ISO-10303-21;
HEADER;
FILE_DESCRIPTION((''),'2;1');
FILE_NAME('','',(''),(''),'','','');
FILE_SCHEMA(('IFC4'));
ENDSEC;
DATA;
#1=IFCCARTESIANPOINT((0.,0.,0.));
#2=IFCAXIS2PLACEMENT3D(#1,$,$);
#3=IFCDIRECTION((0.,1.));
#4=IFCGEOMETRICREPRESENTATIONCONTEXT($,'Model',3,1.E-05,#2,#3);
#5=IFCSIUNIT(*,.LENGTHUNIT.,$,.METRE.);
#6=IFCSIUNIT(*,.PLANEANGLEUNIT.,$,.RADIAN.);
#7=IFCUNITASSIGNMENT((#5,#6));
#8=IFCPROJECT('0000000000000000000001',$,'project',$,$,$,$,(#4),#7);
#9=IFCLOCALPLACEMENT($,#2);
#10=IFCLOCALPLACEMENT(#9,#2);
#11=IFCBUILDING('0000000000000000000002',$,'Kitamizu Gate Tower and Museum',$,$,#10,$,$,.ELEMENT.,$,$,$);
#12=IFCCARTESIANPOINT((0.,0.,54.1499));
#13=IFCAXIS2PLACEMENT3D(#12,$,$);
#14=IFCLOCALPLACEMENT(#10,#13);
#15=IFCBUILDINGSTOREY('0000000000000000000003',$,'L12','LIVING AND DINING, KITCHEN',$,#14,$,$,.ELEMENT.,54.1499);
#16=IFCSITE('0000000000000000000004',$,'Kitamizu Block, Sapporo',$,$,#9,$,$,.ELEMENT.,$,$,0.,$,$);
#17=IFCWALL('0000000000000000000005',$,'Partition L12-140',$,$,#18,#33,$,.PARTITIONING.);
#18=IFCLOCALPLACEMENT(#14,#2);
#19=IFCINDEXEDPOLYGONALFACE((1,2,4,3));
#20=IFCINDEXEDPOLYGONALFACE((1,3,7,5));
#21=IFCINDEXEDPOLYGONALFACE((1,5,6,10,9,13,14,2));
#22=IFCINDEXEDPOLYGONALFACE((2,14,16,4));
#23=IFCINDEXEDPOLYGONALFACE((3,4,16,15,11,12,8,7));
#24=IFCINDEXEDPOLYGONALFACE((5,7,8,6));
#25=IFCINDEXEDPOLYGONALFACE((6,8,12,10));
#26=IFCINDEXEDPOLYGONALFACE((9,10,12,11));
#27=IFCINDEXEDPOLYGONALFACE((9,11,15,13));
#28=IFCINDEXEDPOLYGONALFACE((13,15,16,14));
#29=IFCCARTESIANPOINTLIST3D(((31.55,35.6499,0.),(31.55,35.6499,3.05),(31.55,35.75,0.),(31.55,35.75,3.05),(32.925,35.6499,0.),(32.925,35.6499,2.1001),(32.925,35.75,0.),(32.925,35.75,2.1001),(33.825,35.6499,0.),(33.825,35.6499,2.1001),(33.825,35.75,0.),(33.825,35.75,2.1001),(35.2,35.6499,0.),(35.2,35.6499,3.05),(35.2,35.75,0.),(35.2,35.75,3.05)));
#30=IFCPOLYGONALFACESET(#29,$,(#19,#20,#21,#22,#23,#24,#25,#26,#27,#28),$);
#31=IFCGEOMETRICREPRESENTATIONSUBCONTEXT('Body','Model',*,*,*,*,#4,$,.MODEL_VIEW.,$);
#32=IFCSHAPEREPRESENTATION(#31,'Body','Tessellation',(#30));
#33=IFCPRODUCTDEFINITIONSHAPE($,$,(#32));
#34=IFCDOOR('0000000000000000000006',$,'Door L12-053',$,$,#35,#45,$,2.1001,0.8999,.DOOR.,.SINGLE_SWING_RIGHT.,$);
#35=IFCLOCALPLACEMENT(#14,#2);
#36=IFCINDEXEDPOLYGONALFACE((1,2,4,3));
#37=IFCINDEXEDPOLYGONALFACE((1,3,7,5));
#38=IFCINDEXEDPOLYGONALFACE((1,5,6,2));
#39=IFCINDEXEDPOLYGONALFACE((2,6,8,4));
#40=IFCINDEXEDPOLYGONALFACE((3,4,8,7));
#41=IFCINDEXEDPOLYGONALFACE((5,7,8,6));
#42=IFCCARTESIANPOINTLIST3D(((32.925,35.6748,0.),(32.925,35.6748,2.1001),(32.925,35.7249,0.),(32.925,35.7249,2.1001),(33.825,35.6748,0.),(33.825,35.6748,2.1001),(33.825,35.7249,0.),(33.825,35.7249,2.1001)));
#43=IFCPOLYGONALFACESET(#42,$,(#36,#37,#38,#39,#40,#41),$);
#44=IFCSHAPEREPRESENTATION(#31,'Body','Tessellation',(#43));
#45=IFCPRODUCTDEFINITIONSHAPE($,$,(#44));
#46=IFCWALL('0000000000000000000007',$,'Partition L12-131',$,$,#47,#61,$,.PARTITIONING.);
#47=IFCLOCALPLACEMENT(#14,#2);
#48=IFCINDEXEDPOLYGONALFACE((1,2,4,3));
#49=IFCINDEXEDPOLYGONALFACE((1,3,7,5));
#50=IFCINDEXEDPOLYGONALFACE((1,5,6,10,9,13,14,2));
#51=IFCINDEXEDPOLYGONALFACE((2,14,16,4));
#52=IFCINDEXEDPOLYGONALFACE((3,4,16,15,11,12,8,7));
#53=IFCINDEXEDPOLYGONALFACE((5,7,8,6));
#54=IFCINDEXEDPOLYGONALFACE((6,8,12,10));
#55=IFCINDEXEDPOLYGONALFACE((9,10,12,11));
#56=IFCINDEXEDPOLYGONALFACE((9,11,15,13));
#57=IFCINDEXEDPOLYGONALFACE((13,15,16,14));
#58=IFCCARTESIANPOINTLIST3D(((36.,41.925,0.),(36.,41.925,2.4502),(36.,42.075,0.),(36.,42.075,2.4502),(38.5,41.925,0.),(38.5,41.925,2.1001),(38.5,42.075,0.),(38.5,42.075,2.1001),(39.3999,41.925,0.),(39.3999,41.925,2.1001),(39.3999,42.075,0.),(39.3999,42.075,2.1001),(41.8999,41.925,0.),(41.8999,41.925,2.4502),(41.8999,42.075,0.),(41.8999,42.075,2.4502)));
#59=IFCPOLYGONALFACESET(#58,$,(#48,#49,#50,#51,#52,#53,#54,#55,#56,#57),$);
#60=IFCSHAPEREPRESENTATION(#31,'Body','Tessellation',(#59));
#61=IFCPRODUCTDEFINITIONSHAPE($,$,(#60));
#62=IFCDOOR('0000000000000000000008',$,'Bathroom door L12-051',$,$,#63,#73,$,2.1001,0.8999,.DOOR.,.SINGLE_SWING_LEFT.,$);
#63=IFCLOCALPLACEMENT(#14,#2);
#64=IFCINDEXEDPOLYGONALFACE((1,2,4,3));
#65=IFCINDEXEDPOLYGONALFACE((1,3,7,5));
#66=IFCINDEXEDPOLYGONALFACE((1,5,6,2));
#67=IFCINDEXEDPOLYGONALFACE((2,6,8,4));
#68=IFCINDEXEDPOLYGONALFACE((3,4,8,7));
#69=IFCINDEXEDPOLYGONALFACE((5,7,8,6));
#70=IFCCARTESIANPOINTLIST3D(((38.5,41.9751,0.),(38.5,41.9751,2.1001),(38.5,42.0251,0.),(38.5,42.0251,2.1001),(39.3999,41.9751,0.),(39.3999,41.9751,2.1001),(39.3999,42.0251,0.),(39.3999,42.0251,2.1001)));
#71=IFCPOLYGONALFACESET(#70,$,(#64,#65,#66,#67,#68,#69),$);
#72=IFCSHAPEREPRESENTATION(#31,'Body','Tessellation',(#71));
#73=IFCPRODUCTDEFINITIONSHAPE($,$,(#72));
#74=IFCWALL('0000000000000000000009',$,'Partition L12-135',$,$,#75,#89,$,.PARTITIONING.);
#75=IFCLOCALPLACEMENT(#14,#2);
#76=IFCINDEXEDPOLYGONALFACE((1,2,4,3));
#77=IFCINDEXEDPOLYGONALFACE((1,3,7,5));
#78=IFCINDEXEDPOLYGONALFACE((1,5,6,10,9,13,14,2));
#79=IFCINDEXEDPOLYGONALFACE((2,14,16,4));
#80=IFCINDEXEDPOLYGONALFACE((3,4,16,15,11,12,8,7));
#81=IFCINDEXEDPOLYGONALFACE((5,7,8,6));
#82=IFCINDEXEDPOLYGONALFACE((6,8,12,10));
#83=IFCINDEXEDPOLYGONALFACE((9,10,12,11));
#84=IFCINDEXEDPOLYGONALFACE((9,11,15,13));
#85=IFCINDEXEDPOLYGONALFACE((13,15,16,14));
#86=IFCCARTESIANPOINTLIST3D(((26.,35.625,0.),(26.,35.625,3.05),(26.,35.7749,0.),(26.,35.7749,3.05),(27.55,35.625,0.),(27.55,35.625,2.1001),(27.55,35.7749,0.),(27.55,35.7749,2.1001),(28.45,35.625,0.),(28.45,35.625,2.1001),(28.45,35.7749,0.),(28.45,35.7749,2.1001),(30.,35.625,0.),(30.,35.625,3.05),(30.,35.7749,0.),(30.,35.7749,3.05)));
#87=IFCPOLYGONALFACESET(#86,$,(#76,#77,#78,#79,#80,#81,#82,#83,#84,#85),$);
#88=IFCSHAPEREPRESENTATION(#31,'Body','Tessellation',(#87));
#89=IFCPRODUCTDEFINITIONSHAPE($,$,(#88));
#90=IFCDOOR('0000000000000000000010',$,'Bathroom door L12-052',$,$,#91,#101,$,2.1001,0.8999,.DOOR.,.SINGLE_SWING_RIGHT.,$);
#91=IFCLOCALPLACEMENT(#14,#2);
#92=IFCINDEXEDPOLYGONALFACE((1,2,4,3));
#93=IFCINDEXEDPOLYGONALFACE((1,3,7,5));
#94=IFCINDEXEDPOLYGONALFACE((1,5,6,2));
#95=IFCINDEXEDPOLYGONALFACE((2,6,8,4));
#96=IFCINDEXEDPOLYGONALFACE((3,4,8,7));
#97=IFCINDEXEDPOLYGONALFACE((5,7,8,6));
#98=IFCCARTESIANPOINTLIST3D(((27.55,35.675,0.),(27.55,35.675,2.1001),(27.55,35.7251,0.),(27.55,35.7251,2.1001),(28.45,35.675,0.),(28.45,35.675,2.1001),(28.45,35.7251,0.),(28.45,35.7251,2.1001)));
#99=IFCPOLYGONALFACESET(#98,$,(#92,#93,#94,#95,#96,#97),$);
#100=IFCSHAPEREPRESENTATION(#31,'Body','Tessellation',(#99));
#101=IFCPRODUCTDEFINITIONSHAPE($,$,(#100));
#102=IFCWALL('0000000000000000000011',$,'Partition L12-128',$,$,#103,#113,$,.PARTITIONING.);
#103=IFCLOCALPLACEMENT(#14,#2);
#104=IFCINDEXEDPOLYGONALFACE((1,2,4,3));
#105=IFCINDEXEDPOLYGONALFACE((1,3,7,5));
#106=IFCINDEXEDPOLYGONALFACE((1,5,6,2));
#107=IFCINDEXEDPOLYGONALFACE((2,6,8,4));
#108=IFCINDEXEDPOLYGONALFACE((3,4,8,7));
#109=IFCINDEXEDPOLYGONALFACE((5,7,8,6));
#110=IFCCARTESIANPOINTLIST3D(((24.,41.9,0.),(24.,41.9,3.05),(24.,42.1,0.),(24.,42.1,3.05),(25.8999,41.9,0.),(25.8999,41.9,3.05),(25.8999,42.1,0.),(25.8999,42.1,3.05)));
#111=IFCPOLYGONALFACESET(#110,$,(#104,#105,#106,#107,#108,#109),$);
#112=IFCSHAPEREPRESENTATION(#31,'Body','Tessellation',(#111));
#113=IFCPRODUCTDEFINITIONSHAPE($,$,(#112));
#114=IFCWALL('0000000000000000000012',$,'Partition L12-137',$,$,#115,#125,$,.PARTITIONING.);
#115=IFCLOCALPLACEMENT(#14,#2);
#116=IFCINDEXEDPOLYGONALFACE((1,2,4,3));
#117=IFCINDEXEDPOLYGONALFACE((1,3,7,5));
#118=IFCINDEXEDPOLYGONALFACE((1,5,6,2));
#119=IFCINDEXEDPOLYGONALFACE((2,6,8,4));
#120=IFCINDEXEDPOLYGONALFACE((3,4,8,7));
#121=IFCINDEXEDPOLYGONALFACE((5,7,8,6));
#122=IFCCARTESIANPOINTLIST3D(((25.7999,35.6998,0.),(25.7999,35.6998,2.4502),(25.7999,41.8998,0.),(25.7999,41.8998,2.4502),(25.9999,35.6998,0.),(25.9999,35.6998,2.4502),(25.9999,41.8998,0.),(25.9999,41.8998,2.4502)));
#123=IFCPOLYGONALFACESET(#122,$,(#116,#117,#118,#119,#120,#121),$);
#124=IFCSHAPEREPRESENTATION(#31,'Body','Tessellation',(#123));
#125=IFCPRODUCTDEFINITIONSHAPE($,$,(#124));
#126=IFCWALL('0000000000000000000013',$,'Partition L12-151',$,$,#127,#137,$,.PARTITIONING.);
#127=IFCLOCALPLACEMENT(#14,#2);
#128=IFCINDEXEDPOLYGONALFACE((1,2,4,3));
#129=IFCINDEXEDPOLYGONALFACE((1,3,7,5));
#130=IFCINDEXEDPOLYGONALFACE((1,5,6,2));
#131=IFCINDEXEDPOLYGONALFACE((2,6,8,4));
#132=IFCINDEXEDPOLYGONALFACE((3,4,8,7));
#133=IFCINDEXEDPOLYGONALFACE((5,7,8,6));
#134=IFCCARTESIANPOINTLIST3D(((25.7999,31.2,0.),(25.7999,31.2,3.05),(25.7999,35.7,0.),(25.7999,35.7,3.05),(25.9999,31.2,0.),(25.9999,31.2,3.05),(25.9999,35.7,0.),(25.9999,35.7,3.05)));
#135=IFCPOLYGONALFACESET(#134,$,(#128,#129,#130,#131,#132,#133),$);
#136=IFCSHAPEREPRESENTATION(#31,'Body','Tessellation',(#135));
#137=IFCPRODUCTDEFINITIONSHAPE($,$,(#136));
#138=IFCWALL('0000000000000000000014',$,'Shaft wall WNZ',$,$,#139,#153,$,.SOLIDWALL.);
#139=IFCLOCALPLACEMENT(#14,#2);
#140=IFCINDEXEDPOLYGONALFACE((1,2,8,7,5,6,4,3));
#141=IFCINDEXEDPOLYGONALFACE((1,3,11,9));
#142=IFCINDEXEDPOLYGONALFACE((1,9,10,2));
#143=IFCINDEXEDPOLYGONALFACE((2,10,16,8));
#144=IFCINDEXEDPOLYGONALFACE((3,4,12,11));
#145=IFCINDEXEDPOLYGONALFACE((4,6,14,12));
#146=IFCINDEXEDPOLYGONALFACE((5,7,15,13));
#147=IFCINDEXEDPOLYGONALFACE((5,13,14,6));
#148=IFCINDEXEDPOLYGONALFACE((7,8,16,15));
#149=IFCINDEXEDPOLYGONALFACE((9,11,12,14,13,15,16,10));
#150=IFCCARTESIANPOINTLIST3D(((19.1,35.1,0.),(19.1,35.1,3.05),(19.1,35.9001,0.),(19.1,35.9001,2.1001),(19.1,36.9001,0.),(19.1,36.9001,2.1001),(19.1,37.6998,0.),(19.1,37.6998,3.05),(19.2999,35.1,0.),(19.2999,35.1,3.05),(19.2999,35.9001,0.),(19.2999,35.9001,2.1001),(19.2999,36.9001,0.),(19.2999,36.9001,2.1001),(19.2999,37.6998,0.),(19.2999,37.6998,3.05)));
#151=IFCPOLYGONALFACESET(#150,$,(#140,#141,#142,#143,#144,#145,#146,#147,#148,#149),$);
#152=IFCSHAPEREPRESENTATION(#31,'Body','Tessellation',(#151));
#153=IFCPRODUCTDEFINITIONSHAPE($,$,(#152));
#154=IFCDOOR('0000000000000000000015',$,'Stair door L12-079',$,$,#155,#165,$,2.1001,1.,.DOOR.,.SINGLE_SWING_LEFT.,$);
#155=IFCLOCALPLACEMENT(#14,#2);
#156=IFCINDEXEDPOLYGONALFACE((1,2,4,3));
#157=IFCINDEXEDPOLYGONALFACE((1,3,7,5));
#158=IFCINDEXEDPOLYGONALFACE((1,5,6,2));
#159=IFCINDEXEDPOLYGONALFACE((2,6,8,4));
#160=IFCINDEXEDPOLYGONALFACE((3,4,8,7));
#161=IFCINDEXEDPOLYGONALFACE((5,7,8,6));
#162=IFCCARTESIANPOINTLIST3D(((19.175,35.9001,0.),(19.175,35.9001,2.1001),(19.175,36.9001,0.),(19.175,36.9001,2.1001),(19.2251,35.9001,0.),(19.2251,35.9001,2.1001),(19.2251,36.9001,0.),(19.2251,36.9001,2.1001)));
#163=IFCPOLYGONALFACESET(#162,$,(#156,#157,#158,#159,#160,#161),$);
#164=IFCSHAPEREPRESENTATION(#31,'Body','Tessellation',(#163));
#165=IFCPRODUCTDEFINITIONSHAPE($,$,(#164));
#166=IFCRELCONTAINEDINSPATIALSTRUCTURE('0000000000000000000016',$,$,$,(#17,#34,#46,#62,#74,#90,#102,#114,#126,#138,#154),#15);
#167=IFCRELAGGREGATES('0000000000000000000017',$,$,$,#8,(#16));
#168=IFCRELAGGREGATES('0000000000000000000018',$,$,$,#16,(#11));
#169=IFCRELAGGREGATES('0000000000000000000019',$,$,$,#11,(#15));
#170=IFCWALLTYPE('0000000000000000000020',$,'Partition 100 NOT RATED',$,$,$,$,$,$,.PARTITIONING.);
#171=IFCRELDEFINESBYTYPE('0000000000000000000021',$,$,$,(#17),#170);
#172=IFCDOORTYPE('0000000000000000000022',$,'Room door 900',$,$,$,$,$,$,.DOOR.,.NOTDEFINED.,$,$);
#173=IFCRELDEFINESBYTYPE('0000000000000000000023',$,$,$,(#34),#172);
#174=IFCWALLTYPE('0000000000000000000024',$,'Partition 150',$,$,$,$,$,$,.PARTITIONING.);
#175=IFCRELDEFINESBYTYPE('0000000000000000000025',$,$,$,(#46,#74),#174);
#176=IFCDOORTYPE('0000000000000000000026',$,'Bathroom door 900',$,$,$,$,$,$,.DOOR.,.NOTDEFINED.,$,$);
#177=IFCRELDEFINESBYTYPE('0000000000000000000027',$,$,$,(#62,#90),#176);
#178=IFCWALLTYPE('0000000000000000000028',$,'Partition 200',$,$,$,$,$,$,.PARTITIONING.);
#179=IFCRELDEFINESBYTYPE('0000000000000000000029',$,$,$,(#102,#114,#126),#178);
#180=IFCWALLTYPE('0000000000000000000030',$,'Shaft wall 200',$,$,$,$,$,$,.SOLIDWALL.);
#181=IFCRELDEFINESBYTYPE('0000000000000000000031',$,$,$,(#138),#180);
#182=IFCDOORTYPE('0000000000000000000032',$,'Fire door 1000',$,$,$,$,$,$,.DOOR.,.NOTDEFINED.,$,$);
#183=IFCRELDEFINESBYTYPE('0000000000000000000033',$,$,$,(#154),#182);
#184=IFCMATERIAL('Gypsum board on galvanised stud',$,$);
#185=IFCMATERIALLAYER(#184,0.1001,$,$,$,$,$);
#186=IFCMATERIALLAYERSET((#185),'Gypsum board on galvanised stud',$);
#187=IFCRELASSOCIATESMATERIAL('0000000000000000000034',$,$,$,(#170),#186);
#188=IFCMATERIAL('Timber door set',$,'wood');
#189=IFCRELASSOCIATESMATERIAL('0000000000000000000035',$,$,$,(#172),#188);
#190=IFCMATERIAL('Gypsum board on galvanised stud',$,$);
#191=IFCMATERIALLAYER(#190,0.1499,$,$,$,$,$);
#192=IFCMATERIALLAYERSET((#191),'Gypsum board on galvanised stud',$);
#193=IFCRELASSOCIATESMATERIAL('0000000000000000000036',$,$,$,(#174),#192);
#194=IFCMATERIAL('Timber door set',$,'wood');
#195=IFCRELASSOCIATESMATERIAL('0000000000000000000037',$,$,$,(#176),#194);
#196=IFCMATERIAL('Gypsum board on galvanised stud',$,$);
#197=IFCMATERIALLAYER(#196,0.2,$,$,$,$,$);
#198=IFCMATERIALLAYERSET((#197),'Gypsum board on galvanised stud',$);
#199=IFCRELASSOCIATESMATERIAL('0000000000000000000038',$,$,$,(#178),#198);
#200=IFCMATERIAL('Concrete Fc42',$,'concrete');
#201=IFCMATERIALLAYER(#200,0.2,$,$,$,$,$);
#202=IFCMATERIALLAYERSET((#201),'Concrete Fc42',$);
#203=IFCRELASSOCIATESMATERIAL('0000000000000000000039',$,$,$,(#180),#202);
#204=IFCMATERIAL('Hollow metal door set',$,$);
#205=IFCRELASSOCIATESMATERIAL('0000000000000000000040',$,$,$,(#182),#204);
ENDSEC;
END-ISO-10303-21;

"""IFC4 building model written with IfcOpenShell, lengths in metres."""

from ifc_helpers import new_model, si_unit, direction, frame, frame_2d, origin, place, context, subcontext, project, spatial, rectangle, extrude, material, layer, layer_set, type_object, element, fill, save


model = new_model("IFC4")

# Units and contexts
model_context = context("Model", 3, precision=1e-05, world=origin(), true_north=direction((0.0, 1.0)))
body_context = subcontext(model_context, "Body", "Model", "MODEL_VIEW")
ifc_project = project(units=[si_unit("LENGTHUNIT", "METRE"), si_unit("PLANEANGLEUNIT", "RADIAN")], contexts=[model_context])

# Site, building, storey
site_placement = place(None, origin())
site = spatial("IfcSite", under=ifc_project, at=site_placement, Name="Kitamizu Block, Sapporo", CompositionType="ELEMENT", RefElevation=0.0)
building_placement = place(site_placement, origin())
building = spatial("IfcBuilding", under=site, at=building_placement, Name="Kitamizu Gate Tower and Museum", CompositionType="ELEMENT")
storey_placement = place(building_placement, frame((0.0, 0.0, 54.1499)))
storey = spatial("IfcBuildingStorey", under=building, at=storey_placement, Name="L12", Description="LIVING AND DINING, KITCHEN", CompositionType="ELEMENT", Elevation=54.1499)

# Shared definitions
ifc_material_1 = material(Name="Gypsum board on galvanised stud")
ifc_layer_1 = layer(ifc_material_1, 0.1001)
ifc_layer_set_1 = layer_set([ifc_layer_1], Name="Gypsum board on galvanised stud")
wall_type_1 = type_object("IfcWallType", Name="Partition 100 NOT RATED", PredefinedType="PARTITIONING", material=ifc_layer_set_1)
ifc_material_2 = material(Name="Timber door set", Category="wood")
door_type_1 = type_object("IfcDoorType", Name="Room door 900", OperationType="NOTDEFINED", PredefinedType="DOOR", material=ifc_material_2)

# Walls, openings, doors
wall_1_placement = place(storey_placement, frame((31.55, 35.7, 0.0), z_axis=(0.0, 0.0, 1.0), x_axis=(1.0, 0.0, 0.0)))
wall_1 = element("IfcWall", 1, at=wall_1_placement, inside=storey, type_object=wall_type_1, Name="Partition L12-140", PredefinedType="PARTITIONING", context=body_context, shape_type="SweptSolid", body=[
    extrude(rectangle(XDim=3.6499, YDim=0.1001, at=frame_2d((1.825, 0.0))), origin(), (0.0, 0.0, 1.0), 3.05),
])
opening_1_placement = place(wall_1_placement, frame((1.375, 0.0, 0.0)))
opening_1 = element("IfcOpeningElement", 2, at=opening_1_placement, cuts=wall_1, PredefinedType="OPENING", context=body_context, shape_type="SweptSolid", body=[
    extrude(rectangle(XDim=0.8999, YDim=2.1001, at=frame_2d((0.45, 1.05))), frame((0.0, 0.0601, 0.0), z_axis=(0.0, -1.0, 0.0), x_axis=(1.0, 0.0, 0.0)), (0.0, 0.0, 1.0), 0.1201),
])
door_1_placement = place(opening_1_placement, origin())
door_1 = element("IfcDoor", 3, at=door_1_placement, inside=storey, type_object=door_type_1, Name="Door L12-053", OperationType="SINGLE_SWING_RIGHT", OverallHeight=2.1001, OverallWidth=0.8999, PredefinedType="DOOR", context=body_context, shape_type="SweptSolid", body=[
    extrude(rectangle(XDim=0.8999, YDim=2.1001, at=frame_2d((0.45, 1.05))), frame((0.0, 0.0249, 0.0), z_axis=(0.0, -1.0, 0.0), x_axis=(1.0, 0.0, 0.0)), (0.0, 0.0, 1.0), 0.05),
])
fill(opening_1, door_1)
ifc_material_3 = material(Name="Gypsum board on galvanised stud")
ifc_layer_2 = layer(ifc_material_3, 0.1499)
ifc_layer_set_2 = layer_set([ifc_layer_2], Name="Gypsum board on galvanised stud")
wall_type_2 = type_object("IfcWallType", Name="Partition 150", PredefinedType="PARTITIONING", material=ifc_layer_set_2)
wall_2_placement = place(storey_placement, frame((36.0, 42.0, 0.0), z_axis=(0.0, 0.0, 1.0), x_axis=(1.0, 0.0, 0.0)))
wall_2 = element("IfcWall", 4, at=wall_2_placement, inside=storey, type_object=wall_type_2, Name="Partition L12-131", PredefinedType="PARTITIONING", context=body_context, shape_type="SweptSolid", body=[
    extrude(rectangle(XDim=5.8999, YDim=0.1499, at=frame_2d((2.95, 0.0))), origin(), (0.0, 0.0, 1.0), 2.4502),
])
opening_2_placement = place(wall_2_placement, frame((2.5, 0.0, 0.0)))
opening_2 = element("IfcOpeningElement", 5, at=opening_2_placement, cuts=wall_2, PredefinedType="OPENING", context=body_context, shape_type="SweptSolid", body=[
    extrude(rectangle(XDim=0.8999, YDim=2.1001, at=frame_2d((0.45, 1.05))), frame((0.0, 0.085, 0.0), z_axis=(0.0, -1.0, 0.0), x_axis=(1.0, 0.0, 0.0)), (0.0, 0.0, 1.0), 0.1699),
])
ifc_material_4 = material(Name="Timber door set", Category="wood")
door_type_2 = type_object("IfcDoorType", Name="Bathroom door 900", OperationType="NOTDEFINED", PredefinedType="DOOR", material=ifc_material_4)
door_2_placement = place(opening_2_placement, frame((0.8999, 0.0, 0.0), x_axis=(-1.0, 0.0, 0.0)))
door_2 = element("IfcDoor", 6, at=door_2_placement, inside=storey, type_object=door_type_2, Name="Bathroom door L12-051", OperationType="SINGLE_SWING_LEFT", OverallHeight=2.1001, OverallWidth=0.8999, PredefinedType="DOOR", context=body_context, shape_type="SweptSolid", body=[
    extrude(rectangle(XDim=0.8999, YDim=2.1001, at=frame_2d((0.45, 1.05))), frame((0.0, 0.0249, 0.0), z_axis=(0.0, -1.0, 0.0), x_axis=(1.0, 0.0, 0.0)), (0.0, 0.0, 1.0), 0.05),
])
fill(opening_2, door_2)
wall_3_placement = place(storey_placement, frame((26.0, 35.7, 0.0), z_axis=(0.0, 0.0, 1.0), x_axis=(1.0, 0.0, 0.0)))
wall_3 = element("IfcWall", 7, at=wall_3_placement, inside=storey, type_object=wall_type_2, Name="Partition L12-135", PredefinedType="PARTITIONING", context=body_context, shape_type="SweptSolid", body=[
    extrude(rectangle(XDim=4.0, YDim=0.1499, at=frame_2d((2.0, 0.0))), origin(), (0.0, 0.0, 1.0), 3.05),
])
opening_3_placement = place(wall_3_placement, frame((1.55, 0.0, 0.0)))
opening_3 = element("IfcOpeningElement", 8, at=opening_3_placement, cuts=wall_3, PredefinedType="OPENING", context=body_context, shape_type="SweptSolid", body=[
    extrude(rectangle(XDim=0.8999, YDim=2.1001, at=frame_2d((0.45, 1.05))), frame((0.0, 0.085, 0.0), z_axis=(0.0, -1.0, 0.0), x_axis=(1.0, 0.0, 0.0)), (0.0, 0.0, 1.0), 0.1699),
])
door_3_placement = place(opening_3_placement, frame((0.8999, 0.0, 0.0), x_axis=(-1.0, 0.0, 0.0)))
door_3 = element("IfcDoor", 9, at=door_3_placement, inside=storey, type_object=door_type_2, Name="Bathroom door L12-052", OperationType="SINGLE_SWING_RIGHT", OverallHeight=2.1001, OverallWidth=0.8999, PredefinedType="DOOR", context=body_context, shape_type="SweptSolid", body=[
    extrude(rectangle(XDim=0.8999, YDim=2.1001, at=frame_2d((0.45, 1.05))), frame((0.0, 0.0249, 0.0), z_axis=(0.0, -1.0, 0.0), x_axis=(1.0, 0.0, 0.0)), (0.0, 0.0, 1.0), 0.05),
])
fill(opening_3, door_3)

# Walls
ifc_material_5 = material(Name="Gypsum board on galvanised stud")
ifc_layer_3 = layer(ifc_material_5, 0.2)
ifc_layer_set_3 = layer_set([ifc_layer_3], Name="Gypsum board on galvanised stud")
wall_type_3 = type_object("IfcWallType", Name="Partition 200", PredefinedType="PARTITIONING", material=ifc_layer_set_3)
wall_4_placement = place(storey_placement, frame((24.0, 42.0, 0.0), z_axis=(0.0, 0.0, 1.0), x_axis=(1.0, 0.0, 0.0)))
element("IfcWall", 10, at=wall_4_placement, inside=storey, type_object=wall_type_3, Name="Partition L12-128", PredefinedType="PARTITIONING", context=body_context, shape_type="SweptSolid", body=[
    extrude(rectangle(XDim=1.8999, YDim=0.2, at=frame_2d((0.95, 0.0))), origin(), (0.0, 0.0, 1.0), 3.05),
])
wall_5_placement = place(storey_placement, frame((25.8999, 41.8999, 0.0), z_axis=(0.0, 0.0, 1.0), x_axis=(0.0, -1.0, 0.0)))
element("IfcWall", 11, at=wall_5_placement, inside=storey, type_object=wall_type_3, Name="Partition L12-137", PredefinedType="PARTITIONING", context=body_context, shape_type="SweptSolid", body=[
    extrude(rectangle(XDim=6.2, YDim=0.2, at=frame_2d((3.1001, 0.0))), origin(), (0.0, 0.0, 1.0), 2.4502),
])
wall_6_placement = place(storey_placement, frame((25.8999, 35.7, 0.0), z_axis=(0.0, 0.0, 1.0), x_axis=(0.0, -1.0, 0.0)))
element("IfcWall", 12, at=wall_6_placement, inside=storey, type_object=wall_type_3, Name="Partition L12-151", PredefinedType="PARTITIONING", context=body_context, shape_type="SweptSolid", body=[
    extrude(rectangle(XDim=4.5, YDim=0.2, at=frame_2d((2.25, 0.0))), origin(), (0.0, 0.0, 1.0), 3.05),
])

# Wall, opening, door
ifc_material_6 = material(Name="Concrete Fc42", Category="concrete")
ifc_layer_4 = layer(ifc_material_6, 0.2)
ifc_layer_set_4 = layer_set([ifc_layer_4], Name="Concrete Fc42")
wall_type_4 = type_object("IfcWallType", Name="Shaft wall 200", PredefinedType="SOLIDWALL", material=ifc_layer_set_4)
wall_7_placement = place(storey_placement, frame((19.2, 35.1001, 0.0), z_axis=(0.0, 0.0, 1.0), x_axis=(0.0, 1.0, 0.0)))
wall_7 = element("IfcWall", 13, at=wall_7_placement, inside=storey, type_object=wall_type_4, Name="Shaft wall WNZ", PredefinedType="SOLIDWALL", context=body_context, shape_type="SweptSolid", body=[
    extrude(rectangle(XDim=2.5999, YDim=0.2, at=frame_2d((1.2998, 0.0))), origin(), (0.0, 0.0, 1.0), 3.05),
])
opening_4_placement = place(wall_7_placement, frame((0.8, 0.0, 0.0)))
opening_4 = element("IfcOpeningElement", 14, at=opening_4_placement, cuts=wall_7, PredefinedType="OPENING", context=body_context, shape_type="SweptSolid", body=[
    extrude(rectangle(XDim=1.0, YDim=2.1001, at=frame_2d((0.5, 1.05))), frame((0.0, 0.1099, 0.0), z_axis=(0.0, -1.0, 0.0), x_axis=(1.0, 0.0, 0.0)), (0.0, 0.0, 1.0), 0.22),
])
ifc_material_7 = material(Name="Hollow metal door set")
door_type_3 = type_object("IfcDoorType", Name="Fire door 1000", OperationType="NOTDEFINED", PredefinedType="DOOR", material=ifc_material_7)
door_4_placement = place(opening_4_placement, origin())
door_4 = element("IfcDoor", 15, at=door_4_placement, inside=storey, type_object=door_type_3, Name="Stair door L12-079", OperationType="SINGLE_SWING_LEFT", OverallHeight=2.1001, OverallWidth=1.0, PredefinedType="DOOR", context=body_context, shape_type="SweptSolid", body=[
    extrude(rectangle(XDim=1.0, YDim=2.1001, at=frame_2d((0.5, 1.05))), frame((0.0, 0.0249, 0.0), z_axis=(0.0, -1.0, 0.0), x_axis=(1.0, 0.0, 0.0)), (0.0, 0.0, 1.0), 0.05),
])
fill(opening_4, door_4)

save(model, "model.ifc")
